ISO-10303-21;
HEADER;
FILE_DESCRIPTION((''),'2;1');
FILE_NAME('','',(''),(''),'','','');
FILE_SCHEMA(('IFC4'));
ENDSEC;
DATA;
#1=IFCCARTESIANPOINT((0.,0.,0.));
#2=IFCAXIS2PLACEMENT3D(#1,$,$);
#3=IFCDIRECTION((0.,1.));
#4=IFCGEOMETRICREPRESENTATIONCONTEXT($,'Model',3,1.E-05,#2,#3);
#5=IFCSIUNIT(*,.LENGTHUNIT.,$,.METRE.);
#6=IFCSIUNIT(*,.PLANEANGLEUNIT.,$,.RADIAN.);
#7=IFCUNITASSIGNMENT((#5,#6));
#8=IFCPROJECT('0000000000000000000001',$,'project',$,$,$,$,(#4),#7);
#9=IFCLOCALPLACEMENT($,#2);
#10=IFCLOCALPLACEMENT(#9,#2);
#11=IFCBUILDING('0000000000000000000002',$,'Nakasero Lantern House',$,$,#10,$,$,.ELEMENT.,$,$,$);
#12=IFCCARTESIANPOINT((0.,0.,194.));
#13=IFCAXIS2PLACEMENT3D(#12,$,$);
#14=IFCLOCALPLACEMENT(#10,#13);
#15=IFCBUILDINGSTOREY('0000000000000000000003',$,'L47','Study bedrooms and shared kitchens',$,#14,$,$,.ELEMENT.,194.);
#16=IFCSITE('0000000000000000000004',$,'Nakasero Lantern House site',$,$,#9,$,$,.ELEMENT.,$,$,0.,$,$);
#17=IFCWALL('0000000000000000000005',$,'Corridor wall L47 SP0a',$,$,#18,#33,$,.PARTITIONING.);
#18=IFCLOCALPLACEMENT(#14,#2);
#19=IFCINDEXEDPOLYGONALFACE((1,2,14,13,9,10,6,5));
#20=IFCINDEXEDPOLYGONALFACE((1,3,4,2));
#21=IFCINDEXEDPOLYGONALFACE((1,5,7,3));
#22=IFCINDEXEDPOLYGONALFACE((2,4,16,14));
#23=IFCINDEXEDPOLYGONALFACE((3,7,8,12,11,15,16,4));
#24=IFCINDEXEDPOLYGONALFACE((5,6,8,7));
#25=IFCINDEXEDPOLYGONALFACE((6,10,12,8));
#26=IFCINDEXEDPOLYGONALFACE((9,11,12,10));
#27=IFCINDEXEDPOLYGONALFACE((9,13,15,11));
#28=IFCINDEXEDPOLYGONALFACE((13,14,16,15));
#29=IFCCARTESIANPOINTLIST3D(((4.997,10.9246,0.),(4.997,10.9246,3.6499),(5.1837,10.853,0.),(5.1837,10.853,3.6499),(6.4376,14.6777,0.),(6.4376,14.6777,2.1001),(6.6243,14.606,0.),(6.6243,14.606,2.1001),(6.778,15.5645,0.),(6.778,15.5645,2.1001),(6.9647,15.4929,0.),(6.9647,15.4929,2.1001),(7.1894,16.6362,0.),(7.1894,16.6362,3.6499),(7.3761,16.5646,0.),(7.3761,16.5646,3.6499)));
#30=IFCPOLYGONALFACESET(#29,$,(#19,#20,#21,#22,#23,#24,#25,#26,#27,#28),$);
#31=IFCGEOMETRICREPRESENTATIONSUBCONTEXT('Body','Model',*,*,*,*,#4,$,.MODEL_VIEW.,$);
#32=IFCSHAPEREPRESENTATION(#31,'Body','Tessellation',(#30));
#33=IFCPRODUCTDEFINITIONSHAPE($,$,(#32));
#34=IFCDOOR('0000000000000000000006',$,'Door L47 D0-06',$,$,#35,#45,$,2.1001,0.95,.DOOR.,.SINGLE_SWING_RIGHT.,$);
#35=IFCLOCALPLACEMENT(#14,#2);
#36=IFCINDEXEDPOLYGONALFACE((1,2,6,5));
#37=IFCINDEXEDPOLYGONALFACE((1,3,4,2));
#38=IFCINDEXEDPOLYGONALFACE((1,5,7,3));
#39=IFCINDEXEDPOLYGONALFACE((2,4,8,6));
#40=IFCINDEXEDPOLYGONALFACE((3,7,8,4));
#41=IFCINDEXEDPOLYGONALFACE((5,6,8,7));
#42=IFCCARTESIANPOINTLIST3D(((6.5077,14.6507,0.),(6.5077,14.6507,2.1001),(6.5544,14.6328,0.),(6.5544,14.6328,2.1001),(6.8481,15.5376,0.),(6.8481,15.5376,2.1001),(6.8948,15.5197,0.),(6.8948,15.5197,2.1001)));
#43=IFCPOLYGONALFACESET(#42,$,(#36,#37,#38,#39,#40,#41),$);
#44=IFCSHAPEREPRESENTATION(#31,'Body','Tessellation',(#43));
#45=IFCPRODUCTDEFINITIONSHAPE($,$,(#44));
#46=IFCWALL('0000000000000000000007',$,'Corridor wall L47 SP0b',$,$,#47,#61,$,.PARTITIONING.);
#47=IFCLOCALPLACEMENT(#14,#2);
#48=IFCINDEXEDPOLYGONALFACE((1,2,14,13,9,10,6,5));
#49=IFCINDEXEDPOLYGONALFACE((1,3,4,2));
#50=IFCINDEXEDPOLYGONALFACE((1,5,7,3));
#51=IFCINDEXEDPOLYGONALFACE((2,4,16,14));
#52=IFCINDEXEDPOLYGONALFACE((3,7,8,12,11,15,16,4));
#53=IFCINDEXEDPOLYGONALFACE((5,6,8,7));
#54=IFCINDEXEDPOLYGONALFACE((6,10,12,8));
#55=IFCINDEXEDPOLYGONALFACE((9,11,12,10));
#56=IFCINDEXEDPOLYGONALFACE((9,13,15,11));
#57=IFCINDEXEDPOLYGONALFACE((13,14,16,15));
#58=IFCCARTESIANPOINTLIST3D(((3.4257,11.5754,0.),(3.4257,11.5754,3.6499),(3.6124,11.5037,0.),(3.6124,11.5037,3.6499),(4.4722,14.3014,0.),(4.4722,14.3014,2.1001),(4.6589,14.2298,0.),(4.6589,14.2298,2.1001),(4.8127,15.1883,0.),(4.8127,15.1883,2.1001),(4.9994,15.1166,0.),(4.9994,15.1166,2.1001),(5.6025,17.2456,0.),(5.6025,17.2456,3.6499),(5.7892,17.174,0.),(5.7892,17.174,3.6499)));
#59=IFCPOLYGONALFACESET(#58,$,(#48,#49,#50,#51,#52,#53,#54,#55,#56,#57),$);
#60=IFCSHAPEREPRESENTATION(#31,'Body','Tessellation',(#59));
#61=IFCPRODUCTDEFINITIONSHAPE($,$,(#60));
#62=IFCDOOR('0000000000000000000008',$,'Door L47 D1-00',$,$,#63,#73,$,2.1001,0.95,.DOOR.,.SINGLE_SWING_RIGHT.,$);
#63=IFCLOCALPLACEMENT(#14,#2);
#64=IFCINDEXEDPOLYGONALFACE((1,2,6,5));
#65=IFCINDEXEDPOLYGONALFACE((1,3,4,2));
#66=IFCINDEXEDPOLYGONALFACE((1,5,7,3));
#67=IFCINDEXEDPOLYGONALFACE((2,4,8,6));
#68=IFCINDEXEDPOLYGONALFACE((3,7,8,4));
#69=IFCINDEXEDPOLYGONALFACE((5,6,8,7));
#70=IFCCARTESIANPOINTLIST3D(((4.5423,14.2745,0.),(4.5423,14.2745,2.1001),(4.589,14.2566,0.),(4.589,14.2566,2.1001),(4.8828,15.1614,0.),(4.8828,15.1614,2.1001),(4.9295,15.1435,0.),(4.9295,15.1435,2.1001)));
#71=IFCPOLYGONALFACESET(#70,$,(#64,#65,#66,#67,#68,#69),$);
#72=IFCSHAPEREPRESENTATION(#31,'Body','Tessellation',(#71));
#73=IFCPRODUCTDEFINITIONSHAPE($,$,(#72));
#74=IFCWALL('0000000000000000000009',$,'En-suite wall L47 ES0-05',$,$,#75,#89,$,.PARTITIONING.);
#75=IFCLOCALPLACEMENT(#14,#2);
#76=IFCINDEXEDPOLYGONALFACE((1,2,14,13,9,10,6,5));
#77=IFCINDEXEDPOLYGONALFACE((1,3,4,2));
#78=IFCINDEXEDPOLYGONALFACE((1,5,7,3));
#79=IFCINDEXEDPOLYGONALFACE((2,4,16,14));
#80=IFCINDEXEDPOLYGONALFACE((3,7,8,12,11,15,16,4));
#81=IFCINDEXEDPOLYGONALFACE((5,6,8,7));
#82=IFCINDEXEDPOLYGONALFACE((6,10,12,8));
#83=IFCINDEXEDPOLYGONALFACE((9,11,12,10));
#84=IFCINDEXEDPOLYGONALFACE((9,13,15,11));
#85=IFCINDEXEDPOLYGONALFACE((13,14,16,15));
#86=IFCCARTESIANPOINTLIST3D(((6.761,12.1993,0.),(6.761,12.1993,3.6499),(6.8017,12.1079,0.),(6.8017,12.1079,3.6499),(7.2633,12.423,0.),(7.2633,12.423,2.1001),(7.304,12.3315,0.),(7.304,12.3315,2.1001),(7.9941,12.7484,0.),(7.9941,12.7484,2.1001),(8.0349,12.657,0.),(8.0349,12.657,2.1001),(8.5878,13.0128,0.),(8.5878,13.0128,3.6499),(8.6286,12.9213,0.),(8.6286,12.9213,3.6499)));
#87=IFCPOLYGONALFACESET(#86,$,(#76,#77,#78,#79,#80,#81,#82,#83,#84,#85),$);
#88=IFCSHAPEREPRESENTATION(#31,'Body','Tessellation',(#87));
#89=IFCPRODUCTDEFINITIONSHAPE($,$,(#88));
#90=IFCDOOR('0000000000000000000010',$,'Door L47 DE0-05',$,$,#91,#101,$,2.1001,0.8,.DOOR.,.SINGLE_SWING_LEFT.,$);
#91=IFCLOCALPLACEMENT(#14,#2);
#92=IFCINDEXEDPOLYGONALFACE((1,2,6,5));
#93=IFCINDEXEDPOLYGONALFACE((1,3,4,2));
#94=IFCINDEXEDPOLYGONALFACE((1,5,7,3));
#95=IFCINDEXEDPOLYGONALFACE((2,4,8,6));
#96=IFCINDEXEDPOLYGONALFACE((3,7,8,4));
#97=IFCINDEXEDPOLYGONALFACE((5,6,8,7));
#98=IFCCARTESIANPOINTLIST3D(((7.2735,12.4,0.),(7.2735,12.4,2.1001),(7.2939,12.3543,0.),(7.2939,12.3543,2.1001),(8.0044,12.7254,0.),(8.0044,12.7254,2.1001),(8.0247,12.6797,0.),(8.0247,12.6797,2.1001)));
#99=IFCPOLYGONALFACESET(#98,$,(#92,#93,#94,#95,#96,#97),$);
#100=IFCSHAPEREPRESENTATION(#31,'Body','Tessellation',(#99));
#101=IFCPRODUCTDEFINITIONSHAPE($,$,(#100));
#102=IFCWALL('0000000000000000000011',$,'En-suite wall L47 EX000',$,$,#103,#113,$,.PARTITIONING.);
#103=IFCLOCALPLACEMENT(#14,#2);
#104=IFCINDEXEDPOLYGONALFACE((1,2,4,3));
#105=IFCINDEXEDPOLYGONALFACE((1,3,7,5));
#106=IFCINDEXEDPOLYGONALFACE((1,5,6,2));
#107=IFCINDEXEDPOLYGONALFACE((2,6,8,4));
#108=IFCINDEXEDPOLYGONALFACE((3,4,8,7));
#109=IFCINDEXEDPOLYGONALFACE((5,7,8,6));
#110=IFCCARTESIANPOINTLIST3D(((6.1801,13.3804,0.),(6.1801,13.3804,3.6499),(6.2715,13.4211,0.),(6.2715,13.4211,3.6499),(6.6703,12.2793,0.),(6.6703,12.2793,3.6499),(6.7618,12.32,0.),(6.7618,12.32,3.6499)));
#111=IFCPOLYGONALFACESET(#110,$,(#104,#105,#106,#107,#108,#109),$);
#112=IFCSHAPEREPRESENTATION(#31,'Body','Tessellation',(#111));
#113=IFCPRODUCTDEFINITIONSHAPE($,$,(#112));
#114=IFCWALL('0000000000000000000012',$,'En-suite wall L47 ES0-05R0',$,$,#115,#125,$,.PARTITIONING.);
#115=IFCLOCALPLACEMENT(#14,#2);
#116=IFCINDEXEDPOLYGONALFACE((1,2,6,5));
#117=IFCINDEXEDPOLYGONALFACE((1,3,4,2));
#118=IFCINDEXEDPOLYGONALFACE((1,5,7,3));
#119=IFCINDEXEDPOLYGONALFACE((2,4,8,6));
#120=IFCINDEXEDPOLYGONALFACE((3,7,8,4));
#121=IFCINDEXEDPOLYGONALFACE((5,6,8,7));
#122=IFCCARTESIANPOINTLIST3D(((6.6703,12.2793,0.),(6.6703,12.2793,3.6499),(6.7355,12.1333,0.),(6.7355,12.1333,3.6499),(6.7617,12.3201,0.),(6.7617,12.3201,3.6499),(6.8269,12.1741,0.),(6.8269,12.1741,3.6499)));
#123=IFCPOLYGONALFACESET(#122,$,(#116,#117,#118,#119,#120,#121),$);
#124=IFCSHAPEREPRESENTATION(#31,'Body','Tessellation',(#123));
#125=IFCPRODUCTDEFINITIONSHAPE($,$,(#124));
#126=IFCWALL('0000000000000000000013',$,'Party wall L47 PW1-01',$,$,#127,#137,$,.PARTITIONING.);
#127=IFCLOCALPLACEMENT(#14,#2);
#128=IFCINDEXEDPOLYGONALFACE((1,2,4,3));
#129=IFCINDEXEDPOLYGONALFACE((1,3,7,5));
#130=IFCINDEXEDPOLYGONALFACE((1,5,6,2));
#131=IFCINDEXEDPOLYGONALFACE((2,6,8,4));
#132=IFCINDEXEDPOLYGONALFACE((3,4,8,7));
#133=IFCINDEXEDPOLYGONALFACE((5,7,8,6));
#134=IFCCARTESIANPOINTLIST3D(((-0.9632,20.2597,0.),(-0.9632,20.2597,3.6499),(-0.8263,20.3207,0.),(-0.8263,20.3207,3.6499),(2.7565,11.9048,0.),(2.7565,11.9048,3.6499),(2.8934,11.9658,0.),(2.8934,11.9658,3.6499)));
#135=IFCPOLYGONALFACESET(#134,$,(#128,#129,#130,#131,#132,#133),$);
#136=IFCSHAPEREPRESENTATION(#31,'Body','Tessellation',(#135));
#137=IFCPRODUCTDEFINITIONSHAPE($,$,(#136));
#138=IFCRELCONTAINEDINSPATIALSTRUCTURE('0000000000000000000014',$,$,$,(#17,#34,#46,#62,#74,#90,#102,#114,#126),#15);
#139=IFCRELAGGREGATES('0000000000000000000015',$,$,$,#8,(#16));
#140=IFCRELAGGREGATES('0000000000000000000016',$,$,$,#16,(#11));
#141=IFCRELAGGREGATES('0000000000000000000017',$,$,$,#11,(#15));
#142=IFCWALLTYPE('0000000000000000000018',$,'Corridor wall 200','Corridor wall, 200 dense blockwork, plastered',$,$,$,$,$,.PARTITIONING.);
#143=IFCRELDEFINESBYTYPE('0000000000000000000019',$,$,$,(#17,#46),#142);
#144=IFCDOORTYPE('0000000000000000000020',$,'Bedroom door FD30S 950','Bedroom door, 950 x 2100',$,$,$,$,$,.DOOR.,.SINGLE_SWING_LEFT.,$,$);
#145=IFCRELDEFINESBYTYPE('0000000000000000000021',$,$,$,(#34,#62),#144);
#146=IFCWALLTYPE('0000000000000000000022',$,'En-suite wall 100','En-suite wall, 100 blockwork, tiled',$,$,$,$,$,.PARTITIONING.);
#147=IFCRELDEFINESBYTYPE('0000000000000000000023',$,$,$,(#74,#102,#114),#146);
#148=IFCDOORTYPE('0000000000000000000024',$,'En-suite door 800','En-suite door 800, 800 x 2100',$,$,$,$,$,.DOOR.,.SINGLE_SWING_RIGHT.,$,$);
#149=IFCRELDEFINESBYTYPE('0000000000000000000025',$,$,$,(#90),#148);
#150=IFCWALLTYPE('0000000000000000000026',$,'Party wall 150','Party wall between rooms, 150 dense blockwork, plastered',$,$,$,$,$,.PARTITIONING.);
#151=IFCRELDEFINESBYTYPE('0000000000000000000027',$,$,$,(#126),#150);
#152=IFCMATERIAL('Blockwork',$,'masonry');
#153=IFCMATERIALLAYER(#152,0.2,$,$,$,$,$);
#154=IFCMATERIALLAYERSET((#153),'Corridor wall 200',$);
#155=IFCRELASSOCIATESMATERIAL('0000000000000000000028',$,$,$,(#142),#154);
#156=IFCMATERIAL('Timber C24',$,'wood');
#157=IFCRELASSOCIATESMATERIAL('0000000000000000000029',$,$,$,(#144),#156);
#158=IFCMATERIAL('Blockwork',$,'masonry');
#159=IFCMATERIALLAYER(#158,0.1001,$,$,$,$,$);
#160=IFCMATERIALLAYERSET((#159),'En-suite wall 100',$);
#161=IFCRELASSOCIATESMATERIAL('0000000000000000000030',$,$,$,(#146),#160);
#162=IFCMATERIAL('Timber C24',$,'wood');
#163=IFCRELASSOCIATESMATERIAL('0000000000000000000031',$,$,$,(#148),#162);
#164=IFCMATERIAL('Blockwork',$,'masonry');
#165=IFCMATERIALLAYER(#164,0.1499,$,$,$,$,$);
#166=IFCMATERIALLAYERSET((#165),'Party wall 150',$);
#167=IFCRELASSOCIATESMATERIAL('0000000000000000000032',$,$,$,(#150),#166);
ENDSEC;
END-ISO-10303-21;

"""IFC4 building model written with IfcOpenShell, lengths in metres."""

from ifc_helpers import new_model, si_unit, direction, frame, frame_2d, origin, place, context, subcontext, project, spatial, rectangle, extrude, material, layer, layer_set, type_object, element, fill, save


model = new_model("IFC4")

# Units and contexts
model_context = context("Model", 3, precision=1e-05, world=origin(), true_north=direction((0.0, 1.0)))
body_context = subcontext(model_context, "Body", "Model", "MODEL_VIEW")
ifc_project = project(units=[si_unit("LENGTHUNIT", "METRE"), si_unit("PLANEANGLEUNIT", "RADIAN")], contexts=[model_context])

# Site, building, storey
site_placement = place(None, origin())
site = spatial("IfcSite", under=ifc_project, at=site_placement, Name="Nakasero Lantern House site", CompositionType="ELEMENT", RefElevation=0.0)
building_placement = place(site_placement, origin())
building = spatial("IfcBuilding", under=site, at=building_placement, Name="Nakasero Lantern House", CompositionType="ELEMENT")
storey_placement = place(building_placement, frame((0.0, 0.0, 194.0)))
storey = spatial("IfcBuildingStorey", under=building, at=storey_placement, Name="L47", Description="Study bedrooms and shared kitchens", CompositionType="ELEMENT", Elevation=194.0)

# Shared definitions
ifc_material_1 = material(Name="Blockwork", Category="masonry")
ifc_layer_1 = layer(ifc_material_1, 0.2)
ifc_layer_set_1 = layer_set([ifc_layer_1], Name="Corridor wall 200")
wall_type_1 = type_object("IfcWallType", Name="Corridor wall 200", Description="Corridor wall, 200 dense blockwork, plastered", PredefinedType="PARTITIONING", material=ifc_layer_set_1)

# Walls, openings, doors
wall_1_placement = place(storey_placement, frame((5.0903, 10.8887, 0.0), z_axis=(0.0, 0.0, 1.0), x_axis=(0.358351, 0.933587, 0.0)))
wall_1 = element("IfcWall", 1, at=wall_1_placement, inside=storey, type_object=wall_type_1, Name="Corridor wall L47 SP0a", PredefinedType="PARTITIONING", context=body_context, shape_type="SweptSolid", body=[
    extrude(rectangle(XDim=6.1179, YDim=0.2, at=frame_2d((3.0591, 0.0))), origin(), (0.0, 0.0, 1.0), 3.6499),
])
opening_1_placement = place(wall_1_placement, frame((4.02, 0.0, 0.0)))
opening_1 = element("IfcOpeningElement", 2, at=opening_1_placement, cuts=wall_1, PredefinedType="OPENING", context=body_context, shape_type="SweptSolid", body=[
    extrude(rectangle(XDim=0.95, YDim=2.1001, at=frame_2d((0.4751, 1.05))), frame((0.0, 0.1199, 0.0), z_axis=(0.0, -1.0, 0.0), x_axis=(1.0, 0.0, 0.0)), (0.0, 0.0, 1.0), 0.24),
])
ifc_material_2 = material(Name="Timber C24", Category="wood")
door_type_1 = type_object("IfcDoorType", Name="Bedroom door FD30S 950", Description="Bedroom door, 950 x 2100", OperationType="SINGLE_SWING_LEFT", PredefinedType="DOOR", material=ifc_material_2)
door_1_placement = place(opening_1_placement, origin())
door_1 = element("IfcDoor", 3, at=door_1_placement, inside=storey, type_object=door_type_1, Name="Door L47 D0-06", OperationType="SINGLE_SWING_RIGHT", OverallHeight=2.1001, OverallWidth=0.95, PredefinedType="DOOR", context=body_context, shape_type="SweptSolid", body=[
    extrude(rectangle(XDim=0.95, YDim=2.1001, at=frame_2d((0.4751, 1.05))), frame((0.0, 0.0249, 0.0), z_axis=(0.0, -1.0, 0.0), x_axis=(1.0, 0.0, 0.0)), (0.0, 0.0, 1.0), 0.05),
])
fill(opening_1, door_1)
wall_2_placement = place(storey_placement, frame((3.519, 11.5396, 0.0), z_axis=(0.0, 0.0, 1.0), x_axis=(0.358394, 0.93357, 0.0)))
wall_2 = element("IfcWall", 4, at=wall_2_placement, inside=storey, type_object=wall_type_1, Name="Corridor wall L47 SP0b", PredefinedType="PARTITIONING", context=body_context, shape_type="SweptSolid", body=[
    extrude(rectangle(XDim=6.0737, YDim=0.2, at=frame_2d((3.0369, 0.0))), origin(), (0.0, 0.0, 1.0), 3.6499),
])
opening_2_placement = place(wall_2_placement, frame((2.9199, 0.0, 0.0)))
opening_2 = element("IfcOpeningElement", 5, at=opening_2_placement, cuts=wall_2, PredefinedType="OPENING", context=body_context, shape_type="SweptSolid", body=[
    extrude(rectangle(XDim=0.95, YDim=2.1001, at=frame_2d((0.4751, 1.05))), frame((0.0, 0.1199, 0.0), z_axis=(0.0, -1.0, 0.0), x_axis=(1.0, 0.0, 0.0)), (0.0, 0.0, 1.0), 0.24),
])
door_2_placement = place(opening_2_placement, origin())
door_2 = element("IfcDoor", 6, at=door_2_placement, inside=storey, type_object=door_type_1, Name="Door L47 D1-00", OperationType="SINGLE_SWING_RIGHT", OverallHeight=2.1001, OverallWidth=0.95, PredefinedType="DOOR", context=body_context, shape_type="SweptSolid", body=[
    extrude(rectangle(XDim=0.95, YDim=2.1001, at=frame_2d((0.4751, 1.05))), frame((0.0, 0.0249, 0.0), z_axis=(0.0, -1.0, 0.0), x_axis=(1.0, 0.0, 0.0)), (0.0, 0.0, 1.0), 0.05),
])
fill(opening_2, door_2)
ifc_material_3 = material(Name="Blockwork", Category="masonry")
ifc_layer_2 = layer(ifc_material_3, 0.1001)
ifc_layer_set_2 = layer_set([ifc_layer_2], Name="En-suite wall 100")
wall_type_2 = type_object("IfcWallType", Name="En-suite wall 100", Description="En-suite wall, 100 blockwork, tiled", PredefinedType="PARTITIONING", material=ifc_layer_set_2)
wall_3_placement = place(storey_placement, frame((6.7812, 12.1536, 0.0), z_axis=(0.0, 0.0, 1.0), x_axis=(0.913529, 0.406773, 0.0)))
wall_3 = element("IfcWall", 7, at=wall_3_placement, inside=storey, type_object=wall_type_2, Name="En-suite wall L47 ES0-05", PredefinedType="PARTITIONING", context=body_context, shape_type="SweptSolid", body=[
    extrude(rectangle(XDim=1.9998, YDim=0.1001, at=frame_2d((1.0, 0.0))), origin(), (0.0, 0.0, 1.0), 3.6499),
])
opening_3_placement = place(wall_3_placement, frame((0.55, 0.0, 0.0)))
opening_3 = element("IfcOpeningElement", 8, at=opening_3_placement, cuts=wall_3, PredefinedType="OPENING", context=body_context, shape_type="SweptSolid", body=[
    extrude(rectangle(XDim=0.8, YDim=2.1001, at=frame_2d((0.3999, 1.05))), frame((0.0, 0.0701, 0.0), z_axis=(0.0, -1.0, 0.0), x_axis=(1.0, 0.0, 0.0)), (0.0, 0.0, 1.0), 0.1401),
])
ifc_material_4 = material(Name="Timber C24", Category="wood")
door_type_2 = type_object("IfcDoorType", Name="En-suite door 800", Description="En-suite door 800, 800 x 2100", OperationType="SINGLE_SWING_RIGHT", PredefinedType="DOOR", material=ifc_material_4)
door_3_placement = place(opening_3_placement, origin())
door_3 = element("IfcDoor", 9, at=door_3_placement, inside=storey, type_object=door_type_2, Name="Door L47 DE0-05", OperationType="SINGLE_SWING_LEFT", OverallHeight=2.1001, OverallWidth=0.8, PredefinedType="DOOR", context=body_context, shape_type="SweptSolid", body=[
    extrude(rectangle(XDim=0.8, YDim=2.1001, at=frame_2d((0.3999, 1.05))), frame((0.0, 0.0249, 0.0), z_axis=(0.0, -1.0, 0.0), x_axis=(1.0, 0.0, 0.0)), (0.0, 0.0, 1.0), 0.05),
])
fill(opening_3, door_3)

# Walls
wall_4_placement = place(storey_placement, frame((6.2258, 13.4006, 0.0), z_axis=(0.0, 0.0, 1.0), x_axis=(0.40674, -0.913544, 0.0)))
element("IfcWall", 10, at=wall_4_placement, inside=storey, type_object=wall_type_2, Name="En-suite wall L47 EX000", PredefinedType="PARTITIONING", context=body_context, shape_type="SweptSolid", body=[
    extrude(rectangle(XDim=1.2053, YDim=0.1001, at=frame_2d((0.6025, 0.0))), origin(), (0.0, 0.0, 1.0), 3.6499),
])
wall_5_placement = place(storey_placement, frame((6.7812, 12.1536, 0.0), z_axis=(0.0, 0.0, 1.0), x_axis=(-0.407696, 0.913118, 0.0)))
element("IfcWall", 11, at=wall_5_placement, inside=storey, type_object=wall_type_2, Name="En-suite wall L47 ES0-05R0", PredefinedType="PARTITIONING", context=body_context, shape_type="SweptSolid", body=[
    extrude(rectangle(XDim=0.1599, YDim=0.1001, at=frame_2d((0.0801, 0.0))), origin(), (0.0, 0.0, 1.0), 3.6499),
])
ifc_material_5 = material(Name="Blockwork", Category="masonry")
ifc_layer_3 = layer(ifc_material_5, 0.1499)
ifc_layer_set_3 = layer_set([ifc_layer_3], Name="Party wall 150")
wall_type_3 = type_object("IfcWallType", Name="Party wall 150", Description="Party wall between rooms, 150 dense blockwork, plastered", PredefinedType="PARTITIONING", material=ifc_layer_set_3)
wall_6_placement = place(storey_placement, frame((2.825, 11.9353, 0.0), z_axis=(0.0, 0.0, 1.0), x_axis=(-0.406723, 0.913552, 0.0)))
element("IfcWall", 12, at=wall_6_placement, inside=storey, type_object=wall_type_3, Name="Party wall L47 PW1-01", PredefinedType="PARTITIONING", context=body_context, shape_type="SweptSolid", body=[
    extrude(rectangle(XDim=9.1455, YDim=0.1499, at=frame_2d((4.5728, 0.0))), origin(), (0.0, 0.0, 1.0), 3.6499),
])

save(model, "model.ifc")
